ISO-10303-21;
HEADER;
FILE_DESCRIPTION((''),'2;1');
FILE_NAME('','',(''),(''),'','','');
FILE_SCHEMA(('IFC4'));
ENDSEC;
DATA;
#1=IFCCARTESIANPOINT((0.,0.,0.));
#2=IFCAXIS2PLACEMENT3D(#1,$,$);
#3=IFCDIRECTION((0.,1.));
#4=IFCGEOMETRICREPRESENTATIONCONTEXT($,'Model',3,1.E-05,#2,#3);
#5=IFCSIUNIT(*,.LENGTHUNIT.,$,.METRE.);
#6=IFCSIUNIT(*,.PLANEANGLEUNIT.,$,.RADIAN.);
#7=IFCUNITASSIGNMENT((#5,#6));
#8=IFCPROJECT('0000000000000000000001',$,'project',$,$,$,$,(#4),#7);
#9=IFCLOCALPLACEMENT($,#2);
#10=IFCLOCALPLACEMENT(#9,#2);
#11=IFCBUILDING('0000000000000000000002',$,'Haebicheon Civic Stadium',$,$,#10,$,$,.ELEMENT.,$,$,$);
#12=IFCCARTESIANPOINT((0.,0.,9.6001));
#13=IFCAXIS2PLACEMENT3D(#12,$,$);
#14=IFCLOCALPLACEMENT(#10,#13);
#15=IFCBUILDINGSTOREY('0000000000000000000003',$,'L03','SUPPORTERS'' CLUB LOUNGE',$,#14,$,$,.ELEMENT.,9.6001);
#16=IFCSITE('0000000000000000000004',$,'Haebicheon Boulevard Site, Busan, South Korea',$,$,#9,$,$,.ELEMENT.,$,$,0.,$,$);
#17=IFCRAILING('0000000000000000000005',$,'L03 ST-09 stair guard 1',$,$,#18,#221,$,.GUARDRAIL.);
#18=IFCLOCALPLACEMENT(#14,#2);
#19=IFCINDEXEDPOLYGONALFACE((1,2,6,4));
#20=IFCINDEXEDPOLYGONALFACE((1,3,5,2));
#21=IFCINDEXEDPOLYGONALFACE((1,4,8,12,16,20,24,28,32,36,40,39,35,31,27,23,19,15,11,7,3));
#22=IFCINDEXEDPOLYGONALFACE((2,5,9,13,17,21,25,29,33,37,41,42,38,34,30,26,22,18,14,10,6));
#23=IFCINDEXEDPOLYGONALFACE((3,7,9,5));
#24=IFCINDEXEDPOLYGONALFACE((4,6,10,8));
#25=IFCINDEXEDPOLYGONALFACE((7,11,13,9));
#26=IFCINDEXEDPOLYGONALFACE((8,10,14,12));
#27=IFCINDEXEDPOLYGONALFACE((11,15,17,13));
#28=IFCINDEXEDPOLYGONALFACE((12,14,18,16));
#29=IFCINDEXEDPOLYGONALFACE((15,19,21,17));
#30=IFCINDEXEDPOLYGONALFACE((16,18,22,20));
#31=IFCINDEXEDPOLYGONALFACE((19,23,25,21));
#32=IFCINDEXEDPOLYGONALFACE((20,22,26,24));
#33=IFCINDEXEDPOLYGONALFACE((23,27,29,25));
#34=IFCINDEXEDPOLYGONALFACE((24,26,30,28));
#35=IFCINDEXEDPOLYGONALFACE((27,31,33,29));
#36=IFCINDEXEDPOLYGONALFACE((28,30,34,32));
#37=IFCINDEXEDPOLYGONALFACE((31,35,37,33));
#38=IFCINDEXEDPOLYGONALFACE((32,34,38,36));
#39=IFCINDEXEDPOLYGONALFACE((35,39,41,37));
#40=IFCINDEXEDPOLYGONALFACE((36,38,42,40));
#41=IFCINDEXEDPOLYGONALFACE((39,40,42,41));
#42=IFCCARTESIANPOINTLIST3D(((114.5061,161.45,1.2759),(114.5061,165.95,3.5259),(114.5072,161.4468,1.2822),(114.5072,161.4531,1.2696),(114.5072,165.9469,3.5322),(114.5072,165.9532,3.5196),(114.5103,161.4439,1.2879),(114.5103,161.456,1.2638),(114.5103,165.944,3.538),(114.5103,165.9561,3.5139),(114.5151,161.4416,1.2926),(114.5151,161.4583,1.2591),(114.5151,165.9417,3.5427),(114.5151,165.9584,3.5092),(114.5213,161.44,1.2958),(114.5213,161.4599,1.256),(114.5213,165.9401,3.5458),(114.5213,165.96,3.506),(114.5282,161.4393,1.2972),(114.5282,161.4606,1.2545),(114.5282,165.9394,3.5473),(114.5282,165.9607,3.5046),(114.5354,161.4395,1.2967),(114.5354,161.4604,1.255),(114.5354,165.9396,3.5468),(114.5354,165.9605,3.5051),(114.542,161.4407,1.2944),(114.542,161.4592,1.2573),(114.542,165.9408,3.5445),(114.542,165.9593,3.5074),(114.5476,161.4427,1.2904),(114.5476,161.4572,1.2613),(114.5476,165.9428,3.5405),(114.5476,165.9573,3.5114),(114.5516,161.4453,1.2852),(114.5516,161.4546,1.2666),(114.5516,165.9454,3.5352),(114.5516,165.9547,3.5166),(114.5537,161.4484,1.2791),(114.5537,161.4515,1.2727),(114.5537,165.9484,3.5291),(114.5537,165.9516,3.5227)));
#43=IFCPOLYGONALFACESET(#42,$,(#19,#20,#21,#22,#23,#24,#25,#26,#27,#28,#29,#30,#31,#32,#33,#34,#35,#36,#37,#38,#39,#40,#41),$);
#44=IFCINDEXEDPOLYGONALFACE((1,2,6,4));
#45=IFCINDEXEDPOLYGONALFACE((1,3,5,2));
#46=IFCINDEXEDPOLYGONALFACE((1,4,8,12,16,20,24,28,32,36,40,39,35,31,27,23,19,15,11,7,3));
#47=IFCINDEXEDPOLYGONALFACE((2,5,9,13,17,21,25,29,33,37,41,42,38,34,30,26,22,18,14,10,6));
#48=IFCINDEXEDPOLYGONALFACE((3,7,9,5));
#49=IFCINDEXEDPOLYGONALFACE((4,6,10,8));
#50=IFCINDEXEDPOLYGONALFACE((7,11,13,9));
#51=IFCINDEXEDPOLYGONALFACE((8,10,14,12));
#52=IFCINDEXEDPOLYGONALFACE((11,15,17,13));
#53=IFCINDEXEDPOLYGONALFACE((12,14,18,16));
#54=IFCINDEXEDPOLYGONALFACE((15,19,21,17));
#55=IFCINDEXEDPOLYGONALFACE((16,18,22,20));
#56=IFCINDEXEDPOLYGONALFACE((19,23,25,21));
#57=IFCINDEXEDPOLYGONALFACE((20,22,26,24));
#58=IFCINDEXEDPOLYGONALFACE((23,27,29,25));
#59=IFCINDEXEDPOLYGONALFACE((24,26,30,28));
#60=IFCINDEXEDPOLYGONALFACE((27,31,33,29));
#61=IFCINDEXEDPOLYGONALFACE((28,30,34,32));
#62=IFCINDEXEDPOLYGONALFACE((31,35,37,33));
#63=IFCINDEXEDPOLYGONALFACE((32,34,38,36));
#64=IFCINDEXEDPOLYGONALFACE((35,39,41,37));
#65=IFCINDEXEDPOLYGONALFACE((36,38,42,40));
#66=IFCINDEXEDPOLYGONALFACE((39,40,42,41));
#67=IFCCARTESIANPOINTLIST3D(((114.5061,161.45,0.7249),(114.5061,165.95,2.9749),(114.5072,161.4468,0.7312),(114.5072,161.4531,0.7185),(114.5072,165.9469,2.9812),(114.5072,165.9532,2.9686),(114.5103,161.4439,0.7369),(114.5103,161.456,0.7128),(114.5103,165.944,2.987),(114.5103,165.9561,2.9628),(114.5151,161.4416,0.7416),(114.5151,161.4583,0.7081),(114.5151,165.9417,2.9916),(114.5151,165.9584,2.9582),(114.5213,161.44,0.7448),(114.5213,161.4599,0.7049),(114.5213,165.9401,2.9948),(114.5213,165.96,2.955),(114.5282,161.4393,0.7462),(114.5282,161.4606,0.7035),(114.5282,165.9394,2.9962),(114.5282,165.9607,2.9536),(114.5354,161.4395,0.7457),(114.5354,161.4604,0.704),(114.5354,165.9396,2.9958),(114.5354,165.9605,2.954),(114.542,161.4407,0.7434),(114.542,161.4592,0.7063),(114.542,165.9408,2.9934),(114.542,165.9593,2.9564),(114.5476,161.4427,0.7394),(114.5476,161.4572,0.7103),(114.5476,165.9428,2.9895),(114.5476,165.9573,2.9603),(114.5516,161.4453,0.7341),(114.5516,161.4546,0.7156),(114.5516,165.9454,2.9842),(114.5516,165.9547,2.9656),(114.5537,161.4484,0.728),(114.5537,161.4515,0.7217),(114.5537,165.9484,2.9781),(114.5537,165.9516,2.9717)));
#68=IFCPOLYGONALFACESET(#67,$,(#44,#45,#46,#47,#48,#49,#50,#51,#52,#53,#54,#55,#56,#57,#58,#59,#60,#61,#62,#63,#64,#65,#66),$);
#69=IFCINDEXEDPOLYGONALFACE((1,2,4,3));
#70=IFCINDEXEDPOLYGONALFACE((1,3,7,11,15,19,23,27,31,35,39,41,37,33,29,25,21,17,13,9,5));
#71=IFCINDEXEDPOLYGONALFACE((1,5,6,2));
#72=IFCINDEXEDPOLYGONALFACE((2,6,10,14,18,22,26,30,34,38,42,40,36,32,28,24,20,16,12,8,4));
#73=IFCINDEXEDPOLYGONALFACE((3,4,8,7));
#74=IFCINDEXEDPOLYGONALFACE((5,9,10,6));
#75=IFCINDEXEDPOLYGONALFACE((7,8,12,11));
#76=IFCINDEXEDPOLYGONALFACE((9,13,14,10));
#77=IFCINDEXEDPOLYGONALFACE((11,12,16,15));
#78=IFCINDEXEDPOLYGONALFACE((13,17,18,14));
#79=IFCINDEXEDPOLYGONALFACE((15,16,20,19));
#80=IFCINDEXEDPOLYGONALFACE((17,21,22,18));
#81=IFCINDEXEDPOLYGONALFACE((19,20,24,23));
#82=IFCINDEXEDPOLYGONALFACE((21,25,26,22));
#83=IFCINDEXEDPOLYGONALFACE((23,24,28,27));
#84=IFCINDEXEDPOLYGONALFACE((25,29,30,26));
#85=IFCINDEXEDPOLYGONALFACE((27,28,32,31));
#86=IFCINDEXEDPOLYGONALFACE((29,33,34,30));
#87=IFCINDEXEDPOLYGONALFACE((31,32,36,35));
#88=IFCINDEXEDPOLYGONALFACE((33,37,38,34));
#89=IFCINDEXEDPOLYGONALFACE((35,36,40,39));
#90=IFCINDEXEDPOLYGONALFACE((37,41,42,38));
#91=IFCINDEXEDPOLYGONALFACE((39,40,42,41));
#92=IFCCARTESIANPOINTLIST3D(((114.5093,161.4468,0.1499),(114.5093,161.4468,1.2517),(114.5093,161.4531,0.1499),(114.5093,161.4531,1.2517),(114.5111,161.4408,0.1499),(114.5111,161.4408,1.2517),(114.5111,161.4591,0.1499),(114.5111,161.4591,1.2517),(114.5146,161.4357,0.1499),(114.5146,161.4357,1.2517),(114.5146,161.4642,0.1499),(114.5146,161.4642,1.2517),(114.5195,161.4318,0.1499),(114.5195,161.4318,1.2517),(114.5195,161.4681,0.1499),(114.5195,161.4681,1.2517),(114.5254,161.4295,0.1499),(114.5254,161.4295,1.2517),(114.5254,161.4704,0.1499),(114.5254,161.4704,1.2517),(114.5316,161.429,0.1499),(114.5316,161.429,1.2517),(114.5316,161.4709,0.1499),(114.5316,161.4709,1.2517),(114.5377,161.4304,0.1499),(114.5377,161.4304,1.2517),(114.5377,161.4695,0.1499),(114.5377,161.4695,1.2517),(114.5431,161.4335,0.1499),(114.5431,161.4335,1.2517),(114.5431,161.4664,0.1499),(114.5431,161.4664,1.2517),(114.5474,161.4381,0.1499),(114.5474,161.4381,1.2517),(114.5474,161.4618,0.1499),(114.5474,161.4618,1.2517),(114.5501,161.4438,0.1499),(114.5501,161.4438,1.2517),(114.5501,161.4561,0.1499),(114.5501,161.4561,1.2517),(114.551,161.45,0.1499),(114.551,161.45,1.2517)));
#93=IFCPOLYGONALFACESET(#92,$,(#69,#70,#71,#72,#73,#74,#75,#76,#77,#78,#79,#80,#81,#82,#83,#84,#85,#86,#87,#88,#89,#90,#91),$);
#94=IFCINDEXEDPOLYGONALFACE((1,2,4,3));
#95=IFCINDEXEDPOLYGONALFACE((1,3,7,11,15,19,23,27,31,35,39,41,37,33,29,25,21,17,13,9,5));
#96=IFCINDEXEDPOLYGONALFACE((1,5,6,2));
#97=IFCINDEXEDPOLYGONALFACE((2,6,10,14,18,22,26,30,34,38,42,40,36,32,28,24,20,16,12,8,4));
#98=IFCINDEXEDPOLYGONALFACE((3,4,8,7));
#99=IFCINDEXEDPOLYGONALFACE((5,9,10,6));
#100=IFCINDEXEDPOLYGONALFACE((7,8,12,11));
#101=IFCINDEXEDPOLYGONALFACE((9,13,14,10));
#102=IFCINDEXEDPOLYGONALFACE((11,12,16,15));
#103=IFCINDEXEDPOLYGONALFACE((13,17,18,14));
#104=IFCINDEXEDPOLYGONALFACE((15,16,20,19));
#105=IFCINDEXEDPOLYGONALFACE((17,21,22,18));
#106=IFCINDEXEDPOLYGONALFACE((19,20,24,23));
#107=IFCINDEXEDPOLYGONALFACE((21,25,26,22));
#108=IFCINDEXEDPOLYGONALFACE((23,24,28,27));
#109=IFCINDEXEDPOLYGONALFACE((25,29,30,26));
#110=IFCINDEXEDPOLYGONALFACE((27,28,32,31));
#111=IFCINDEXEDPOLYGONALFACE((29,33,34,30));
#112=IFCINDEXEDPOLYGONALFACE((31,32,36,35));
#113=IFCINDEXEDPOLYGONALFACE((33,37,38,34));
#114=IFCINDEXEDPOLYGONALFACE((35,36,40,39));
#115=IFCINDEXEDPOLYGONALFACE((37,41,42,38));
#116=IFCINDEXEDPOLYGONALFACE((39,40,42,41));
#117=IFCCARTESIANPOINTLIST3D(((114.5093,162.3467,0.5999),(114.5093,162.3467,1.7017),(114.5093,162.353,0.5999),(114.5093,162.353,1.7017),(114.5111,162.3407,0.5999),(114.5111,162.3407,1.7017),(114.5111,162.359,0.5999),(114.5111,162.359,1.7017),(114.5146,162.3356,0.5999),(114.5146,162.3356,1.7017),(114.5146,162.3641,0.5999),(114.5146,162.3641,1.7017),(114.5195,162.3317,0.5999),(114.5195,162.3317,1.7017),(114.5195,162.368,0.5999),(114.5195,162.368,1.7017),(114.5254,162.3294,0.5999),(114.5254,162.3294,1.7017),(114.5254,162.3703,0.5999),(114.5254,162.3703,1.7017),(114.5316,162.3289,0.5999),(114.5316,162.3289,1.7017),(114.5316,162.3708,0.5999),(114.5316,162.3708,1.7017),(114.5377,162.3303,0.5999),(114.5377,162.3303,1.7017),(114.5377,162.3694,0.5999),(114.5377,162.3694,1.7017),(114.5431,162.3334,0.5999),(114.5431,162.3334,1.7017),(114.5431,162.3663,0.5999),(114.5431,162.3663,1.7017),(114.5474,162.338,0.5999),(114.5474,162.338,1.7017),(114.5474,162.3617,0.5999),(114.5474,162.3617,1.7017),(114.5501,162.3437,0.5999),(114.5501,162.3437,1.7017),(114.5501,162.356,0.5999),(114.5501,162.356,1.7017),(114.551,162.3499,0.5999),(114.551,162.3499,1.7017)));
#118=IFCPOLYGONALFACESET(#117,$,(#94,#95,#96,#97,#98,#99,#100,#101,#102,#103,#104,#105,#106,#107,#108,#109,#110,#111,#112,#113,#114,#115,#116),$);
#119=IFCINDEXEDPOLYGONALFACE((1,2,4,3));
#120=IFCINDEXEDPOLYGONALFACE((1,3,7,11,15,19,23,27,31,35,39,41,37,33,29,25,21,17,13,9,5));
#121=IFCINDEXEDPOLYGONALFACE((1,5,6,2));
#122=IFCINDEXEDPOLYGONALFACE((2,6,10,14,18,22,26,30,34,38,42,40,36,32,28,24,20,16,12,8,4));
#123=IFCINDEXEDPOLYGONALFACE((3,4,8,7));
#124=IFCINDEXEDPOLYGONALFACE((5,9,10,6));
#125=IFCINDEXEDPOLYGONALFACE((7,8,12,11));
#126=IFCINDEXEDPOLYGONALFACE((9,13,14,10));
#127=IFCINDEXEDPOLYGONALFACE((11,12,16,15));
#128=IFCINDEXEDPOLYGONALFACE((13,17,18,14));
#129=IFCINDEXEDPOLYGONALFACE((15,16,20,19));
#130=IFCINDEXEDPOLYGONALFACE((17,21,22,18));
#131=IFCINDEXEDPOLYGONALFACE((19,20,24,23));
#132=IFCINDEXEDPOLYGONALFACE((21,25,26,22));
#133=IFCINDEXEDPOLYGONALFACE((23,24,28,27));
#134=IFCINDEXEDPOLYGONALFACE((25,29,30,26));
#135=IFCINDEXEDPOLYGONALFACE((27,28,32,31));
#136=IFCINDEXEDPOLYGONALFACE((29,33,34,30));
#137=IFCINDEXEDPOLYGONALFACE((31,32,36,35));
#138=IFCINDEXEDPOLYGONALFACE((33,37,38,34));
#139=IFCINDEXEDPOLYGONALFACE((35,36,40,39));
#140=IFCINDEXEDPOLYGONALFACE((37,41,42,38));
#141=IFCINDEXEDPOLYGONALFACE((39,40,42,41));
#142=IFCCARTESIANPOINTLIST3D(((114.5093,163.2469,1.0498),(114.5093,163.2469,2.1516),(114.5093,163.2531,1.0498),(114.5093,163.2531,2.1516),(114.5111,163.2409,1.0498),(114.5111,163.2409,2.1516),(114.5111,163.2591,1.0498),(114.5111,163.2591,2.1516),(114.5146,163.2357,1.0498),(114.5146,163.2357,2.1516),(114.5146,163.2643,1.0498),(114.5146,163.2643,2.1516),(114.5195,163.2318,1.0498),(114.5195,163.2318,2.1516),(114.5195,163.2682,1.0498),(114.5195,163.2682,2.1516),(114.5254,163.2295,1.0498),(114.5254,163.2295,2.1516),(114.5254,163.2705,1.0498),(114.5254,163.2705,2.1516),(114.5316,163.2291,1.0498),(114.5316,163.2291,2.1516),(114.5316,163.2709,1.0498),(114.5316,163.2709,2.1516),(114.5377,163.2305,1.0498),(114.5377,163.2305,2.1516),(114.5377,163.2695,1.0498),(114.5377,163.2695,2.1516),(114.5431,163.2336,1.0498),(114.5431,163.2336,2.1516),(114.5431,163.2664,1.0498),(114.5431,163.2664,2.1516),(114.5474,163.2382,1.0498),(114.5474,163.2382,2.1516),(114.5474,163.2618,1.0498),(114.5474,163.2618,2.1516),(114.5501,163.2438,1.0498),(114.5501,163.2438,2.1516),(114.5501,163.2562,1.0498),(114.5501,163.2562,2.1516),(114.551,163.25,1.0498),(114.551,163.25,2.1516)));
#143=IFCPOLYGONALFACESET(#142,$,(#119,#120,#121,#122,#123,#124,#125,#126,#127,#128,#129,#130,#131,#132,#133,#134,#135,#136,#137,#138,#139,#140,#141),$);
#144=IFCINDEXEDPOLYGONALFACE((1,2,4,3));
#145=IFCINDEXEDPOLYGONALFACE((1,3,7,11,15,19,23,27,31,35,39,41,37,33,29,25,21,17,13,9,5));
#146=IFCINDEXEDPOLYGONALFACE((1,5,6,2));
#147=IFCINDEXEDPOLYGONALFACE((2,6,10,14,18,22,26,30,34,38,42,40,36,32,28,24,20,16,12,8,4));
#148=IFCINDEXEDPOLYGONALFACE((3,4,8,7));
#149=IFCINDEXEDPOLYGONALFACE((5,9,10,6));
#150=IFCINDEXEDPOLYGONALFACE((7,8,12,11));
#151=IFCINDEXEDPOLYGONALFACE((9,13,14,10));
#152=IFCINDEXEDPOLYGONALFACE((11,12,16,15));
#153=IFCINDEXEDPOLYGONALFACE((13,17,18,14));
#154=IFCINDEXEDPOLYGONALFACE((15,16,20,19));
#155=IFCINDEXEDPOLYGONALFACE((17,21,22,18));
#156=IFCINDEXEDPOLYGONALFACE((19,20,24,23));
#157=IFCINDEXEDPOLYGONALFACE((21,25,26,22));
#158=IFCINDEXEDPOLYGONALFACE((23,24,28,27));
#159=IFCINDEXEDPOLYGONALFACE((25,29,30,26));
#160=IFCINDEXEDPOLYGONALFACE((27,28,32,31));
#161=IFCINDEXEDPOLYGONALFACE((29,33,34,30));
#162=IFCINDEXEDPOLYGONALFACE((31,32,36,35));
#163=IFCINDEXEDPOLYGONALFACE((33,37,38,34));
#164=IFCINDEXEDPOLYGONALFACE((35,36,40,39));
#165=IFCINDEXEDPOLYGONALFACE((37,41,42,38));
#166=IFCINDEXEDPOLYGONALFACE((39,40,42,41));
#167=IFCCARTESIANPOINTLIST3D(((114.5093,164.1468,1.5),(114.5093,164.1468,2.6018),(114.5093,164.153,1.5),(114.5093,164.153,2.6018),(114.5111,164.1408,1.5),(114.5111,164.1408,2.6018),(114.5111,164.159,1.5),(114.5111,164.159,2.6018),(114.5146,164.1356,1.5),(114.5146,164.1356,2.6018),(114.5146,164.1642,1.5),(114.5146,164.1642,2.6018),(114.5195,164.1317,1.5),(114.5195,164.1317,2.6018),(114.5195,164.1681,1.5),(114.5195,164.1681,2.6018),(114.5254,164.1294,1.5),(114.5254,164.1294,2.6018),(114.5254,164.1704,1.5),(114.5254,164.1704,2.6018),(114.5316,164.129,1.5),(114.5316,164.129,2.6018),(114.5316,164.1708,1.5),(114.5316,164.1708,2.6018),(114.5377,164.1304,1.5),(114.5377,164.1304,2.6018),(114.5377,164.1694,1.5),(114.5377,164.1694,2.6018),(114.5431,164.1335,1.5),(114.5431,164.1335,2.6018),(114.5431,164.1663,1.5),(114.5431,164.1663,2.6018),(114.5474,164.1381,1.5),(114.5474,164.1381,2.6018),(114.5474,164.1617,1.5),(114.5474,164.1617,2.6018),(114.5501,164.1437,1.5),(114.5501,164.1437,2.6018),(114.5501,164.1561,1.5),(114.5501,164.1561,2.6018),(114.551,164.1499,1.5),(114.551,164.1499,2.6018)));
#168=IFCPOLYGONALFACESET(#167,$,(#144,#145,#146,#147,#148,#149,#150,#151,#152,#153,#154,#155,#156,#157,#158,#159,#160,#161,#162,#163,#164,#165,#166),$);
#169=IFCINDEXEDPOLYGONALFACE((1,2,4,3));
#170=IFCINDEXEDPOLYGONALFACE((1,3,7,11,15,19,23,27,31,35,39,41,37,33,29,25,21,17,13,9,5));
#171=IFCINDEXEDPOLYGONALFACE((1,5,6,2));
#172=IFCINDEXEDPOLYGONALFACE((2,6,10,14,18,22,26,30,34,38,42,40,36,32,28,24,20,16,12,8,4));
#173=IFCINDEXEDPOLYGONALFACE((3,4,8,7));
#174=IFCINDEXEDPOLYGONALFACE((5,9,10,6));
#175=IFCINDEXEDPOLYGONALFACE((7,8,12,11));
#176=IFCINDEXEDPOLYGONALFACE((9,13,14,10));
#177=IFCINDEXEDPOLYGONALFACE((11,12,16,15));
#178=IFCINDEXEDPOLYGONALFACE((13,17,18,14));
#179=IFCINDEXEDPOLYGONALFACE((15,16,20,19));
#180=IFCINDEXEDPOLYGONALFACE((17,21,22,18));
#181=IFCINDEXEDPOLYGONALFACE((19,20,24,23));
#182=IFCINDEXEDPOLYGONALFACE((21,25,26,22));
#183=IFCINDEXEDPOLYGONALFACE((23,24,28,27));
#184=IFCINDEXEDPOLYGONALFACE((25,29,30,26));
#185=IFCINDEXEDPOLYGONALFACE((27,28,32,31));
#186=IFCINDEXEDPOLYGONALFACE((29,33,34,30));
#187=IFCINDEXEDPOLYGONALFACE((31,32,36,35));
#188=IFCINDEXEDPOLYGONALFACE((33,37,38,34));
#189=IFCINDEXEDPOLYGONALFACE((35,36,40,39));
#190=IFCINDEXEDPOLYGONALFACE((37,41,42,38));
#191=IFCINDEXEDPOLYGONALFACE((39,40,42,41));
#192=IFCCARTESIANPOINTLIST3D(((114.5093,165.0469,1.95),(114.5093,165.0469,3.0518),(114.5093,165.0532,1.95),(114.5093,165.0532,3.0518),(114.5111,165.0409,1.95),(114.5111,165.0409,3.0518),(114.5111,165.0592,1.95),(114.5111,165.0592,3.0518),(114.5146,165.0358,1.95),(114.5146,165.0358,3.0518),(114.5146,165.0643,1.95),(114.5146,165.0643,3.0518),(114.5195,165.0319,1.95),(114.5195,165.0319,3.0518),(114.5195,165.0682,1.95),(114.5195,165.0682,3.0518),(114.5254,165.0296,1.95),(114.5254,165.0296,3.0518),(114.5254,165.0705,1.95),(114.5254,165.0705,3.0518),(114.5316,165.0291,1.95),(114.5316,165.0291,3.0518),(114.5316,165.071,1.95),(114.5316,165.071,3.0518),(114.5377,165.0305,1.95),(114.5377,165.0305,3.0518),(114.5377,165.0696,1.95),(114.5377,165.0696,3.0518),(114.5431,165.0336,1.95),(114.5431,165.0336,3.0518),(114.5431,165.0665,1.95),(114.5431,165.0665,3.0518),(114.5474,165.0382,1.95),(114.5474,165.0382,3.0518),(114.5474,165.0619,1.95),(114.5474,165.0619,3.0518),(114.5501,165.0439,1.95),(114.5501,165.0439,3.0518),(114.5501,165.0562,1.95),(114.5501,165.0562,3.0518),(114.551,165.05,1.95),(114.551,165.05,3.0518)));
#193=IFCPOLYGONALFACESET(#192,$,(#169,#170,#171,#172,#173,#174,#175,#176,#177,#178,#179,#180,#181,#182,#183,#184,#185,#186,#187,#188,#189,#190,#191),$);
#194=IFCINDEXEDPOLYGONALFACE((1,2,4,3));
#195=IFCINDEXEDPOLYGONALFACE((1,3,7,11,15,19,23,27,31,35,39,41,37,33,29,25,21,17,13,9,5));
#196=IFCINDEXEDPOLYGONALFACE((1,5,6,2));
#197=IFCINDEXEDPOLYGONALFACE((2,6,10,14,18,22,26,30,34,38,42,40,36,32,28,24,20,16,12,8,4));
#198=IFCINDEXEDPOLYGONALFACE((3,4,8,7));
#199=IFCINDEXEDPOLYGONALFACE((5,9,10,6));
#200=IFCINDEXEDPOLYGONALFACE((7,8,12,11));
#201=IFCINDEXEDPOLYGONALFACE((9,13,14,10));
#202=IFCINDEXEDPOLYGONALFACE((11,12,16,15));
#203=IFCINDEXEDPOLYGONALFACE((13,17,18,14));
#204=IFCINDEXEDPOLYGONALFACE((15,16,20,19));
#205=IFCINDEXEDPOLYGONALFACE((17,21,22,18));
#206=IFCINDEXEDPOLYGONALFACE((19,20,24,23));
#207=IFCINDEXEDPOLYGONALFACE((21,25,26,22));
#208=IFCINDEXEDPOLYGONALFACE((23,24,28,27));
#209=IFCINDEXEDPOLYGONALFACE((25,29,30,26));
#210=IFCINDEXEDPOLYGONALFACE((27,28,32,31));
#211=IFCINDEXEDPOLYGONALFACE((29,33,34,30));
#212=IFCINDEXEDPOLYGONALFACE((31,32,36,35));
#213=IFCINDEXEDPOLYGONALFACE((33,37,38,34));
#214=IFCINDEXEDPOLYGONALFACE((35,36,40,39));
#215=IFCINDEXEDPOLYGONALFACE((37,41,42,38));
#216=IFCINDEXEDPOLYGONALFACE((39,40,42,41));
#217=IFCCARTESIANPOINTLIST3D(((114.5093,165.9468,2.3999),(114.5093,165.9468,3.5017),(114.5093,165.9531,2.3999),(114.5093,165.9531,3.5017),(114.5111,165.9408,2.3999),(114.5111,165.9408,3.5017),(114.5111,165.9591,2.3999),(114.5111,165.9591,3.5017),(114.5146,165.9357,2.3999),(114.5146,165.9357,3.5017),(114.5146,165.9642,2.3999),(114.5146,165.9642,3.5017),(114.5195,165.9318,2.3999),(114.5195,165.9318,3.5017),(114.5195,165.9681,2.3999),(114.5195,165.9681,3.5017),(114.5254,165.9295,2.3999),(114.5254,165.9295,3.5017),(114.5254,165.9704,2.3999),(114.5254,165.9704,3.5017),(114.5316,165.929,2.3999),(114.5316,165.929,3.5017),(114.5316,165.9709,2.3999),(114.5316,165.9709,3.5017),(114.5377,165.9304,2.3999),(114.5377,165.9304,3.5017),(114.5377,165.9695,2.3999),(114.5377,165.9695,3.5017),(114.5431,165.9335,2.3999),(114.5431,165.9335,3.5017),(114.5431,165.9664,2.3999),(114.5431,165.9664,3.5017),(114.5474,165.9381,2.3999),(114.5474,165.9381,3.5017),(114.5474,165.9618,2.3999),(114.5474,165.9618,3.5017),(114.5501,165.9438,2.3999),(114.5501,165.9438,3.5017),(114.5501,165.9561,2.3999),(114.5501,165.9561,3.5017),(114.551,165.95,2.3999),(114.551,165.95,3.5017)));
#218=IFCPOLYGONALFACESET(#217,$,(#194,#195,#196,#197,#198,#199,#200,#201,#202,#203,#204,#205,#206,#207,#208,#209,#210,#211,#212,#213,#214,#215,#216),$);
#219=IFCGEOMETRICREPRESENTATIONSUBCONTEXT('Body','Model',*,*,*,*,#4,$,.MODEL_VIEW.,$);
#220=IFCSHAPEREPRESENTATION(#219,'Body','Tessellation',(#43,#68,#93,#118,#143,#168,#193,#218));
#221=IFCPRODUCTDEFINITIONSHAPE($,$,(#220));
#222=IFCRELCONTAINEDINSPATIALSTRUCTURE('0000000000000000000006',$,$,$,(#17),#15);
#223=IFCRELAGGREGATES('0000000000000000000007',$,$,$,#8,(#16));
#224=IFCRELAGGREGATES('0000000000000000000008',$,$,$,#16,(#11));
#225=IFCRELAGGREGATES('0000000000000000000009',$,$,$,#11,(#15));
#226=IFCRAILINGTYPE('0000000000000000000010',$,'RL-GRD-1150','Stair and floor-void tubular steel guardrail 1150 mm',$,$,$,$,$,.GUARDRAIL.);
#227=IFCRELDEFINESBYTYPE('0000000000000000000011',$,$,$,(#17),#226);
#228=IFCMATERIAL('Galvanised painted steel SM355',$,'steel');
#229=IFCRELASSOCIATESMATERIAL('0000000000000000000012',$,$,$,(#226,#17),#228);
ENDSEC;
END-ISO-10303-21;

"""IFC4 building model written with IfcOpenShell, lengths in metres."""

from ifc_helpers import new_model, si_unit, direction, frame, origin, origin_2d, place, context, subcontext, project, spatial, circle, extrude, material, type_object, element, save


model = new_model("IFC4")

# Units and contexts
model_context = context("Model", 3, precision=1e-05, world=origin(), true_north=direction((0.0, 1.0)))
body_context = subcontext(model_context, "Body", "Model", "MODEL_VIEW")
ifc_project = project(units=[si_unit("LENGTHUNIT", "METRE"), si_unit("PLANEANGLEUNIT", "RADIAN")], contexts=[model_context])

# Site, building, storey
site_placement = place(None, origin())
site = spatial("IfcSite", under=ifc_project, at=site_placement, Name="Haebicheon Boulevard Site, Busan, South Korea", CompositionType="ELEMENT", RefElevation=0.0)
building_placement = place(site_placement, origin())
building = spatial("IfcBuilding", under=site, at=building_placement, Name="Haebicheon Civic Stadium", CompositionType="ELEMENT")
storey_placement = place(building_placement, frame((0.0, 0.0, 9.6001)))
storey = spatial("IfcBuildingStorey", under=building, at=storey_placement, Name="L03", Description="SUPPORTERS' CLUB LOUNGE", CompositionType="ELEMENT", Elevation=9.6001)

# Railing
ifc_material_1 = material(Name="Galvanised painted steel SM355", Category="steel")
railing_type_1 = type_object("IfcRailingType", Name="RL-GRD-1150", Description="Stair and floor-void tubular steel guardrail 1150 mm", PredefinedType="GUARDRAIL", material=ifc_material_1)
railing_1_placement = place(storey_placement, frame((114.53, 161.45, 0.1499)))
element("IfcRailing", 1, at=railing_1_placement, inside=storey, type_object=railing_type_1, material=ifc_material_1, Name="L03 ST-09 stair guard 1", PredefinedType="GUARDRAIL", context=body_context, shape_type="SweptSolid", body=[
    extrude(circle(Radius=0.0239, at=origin_2d()), frame((0.0, 0.0, 1.126), z_axis=(0.0, 0.894427, 0.447214), x_axis=(-1.0, 0.0, 0.0)), (0.0, 0.0, 1.0), 5.0312),
    extrude(circle(Radius=0.0239, at=origin_2d()), frame((0.0, 0.0, 0.575), z_axis=(0.0, 0.894427, 0.447214), x_axis=(-1.0, 0.0, 0.0)), (0.0, 0.0, 1.0), 5.0312),
    extrude(circle(Radius=0.021, at=origin_2d()), origin(), (0.0, 0.0, 1.0), 1.1018),
    extrude(circle(Radius=0.021, at=origin_2d()), frame((0.0, 0.8999, 0.45)), (0.0, 0.0, 1.0), 1.1018),
    extrude(circle(Radius=0.021, at=origin_2d()), frame((0.0, 1.8, 0.8999)), (0.0, 0.0, 1.0), 1.1018),
    extrude(circle(Radius=0.021, at=origin_2d()), frame((0.0, 2.7, 1.3501)), (0.0, 0.0, 1.0), 1.1018),
    extrude(circle(Radius=0.021, at=origin_2d()), frame((0.0, 3.6001, 1.8)), (0.0, 0.0, 1.0), 1.1018),
    extrude(circle(Radius=0.021, at=origin_2d()), frame((0.0, 4.5, 2.25)), (0.0, 0.0, 1.0), 1.1018),
])

save(model, "model.ifc")
